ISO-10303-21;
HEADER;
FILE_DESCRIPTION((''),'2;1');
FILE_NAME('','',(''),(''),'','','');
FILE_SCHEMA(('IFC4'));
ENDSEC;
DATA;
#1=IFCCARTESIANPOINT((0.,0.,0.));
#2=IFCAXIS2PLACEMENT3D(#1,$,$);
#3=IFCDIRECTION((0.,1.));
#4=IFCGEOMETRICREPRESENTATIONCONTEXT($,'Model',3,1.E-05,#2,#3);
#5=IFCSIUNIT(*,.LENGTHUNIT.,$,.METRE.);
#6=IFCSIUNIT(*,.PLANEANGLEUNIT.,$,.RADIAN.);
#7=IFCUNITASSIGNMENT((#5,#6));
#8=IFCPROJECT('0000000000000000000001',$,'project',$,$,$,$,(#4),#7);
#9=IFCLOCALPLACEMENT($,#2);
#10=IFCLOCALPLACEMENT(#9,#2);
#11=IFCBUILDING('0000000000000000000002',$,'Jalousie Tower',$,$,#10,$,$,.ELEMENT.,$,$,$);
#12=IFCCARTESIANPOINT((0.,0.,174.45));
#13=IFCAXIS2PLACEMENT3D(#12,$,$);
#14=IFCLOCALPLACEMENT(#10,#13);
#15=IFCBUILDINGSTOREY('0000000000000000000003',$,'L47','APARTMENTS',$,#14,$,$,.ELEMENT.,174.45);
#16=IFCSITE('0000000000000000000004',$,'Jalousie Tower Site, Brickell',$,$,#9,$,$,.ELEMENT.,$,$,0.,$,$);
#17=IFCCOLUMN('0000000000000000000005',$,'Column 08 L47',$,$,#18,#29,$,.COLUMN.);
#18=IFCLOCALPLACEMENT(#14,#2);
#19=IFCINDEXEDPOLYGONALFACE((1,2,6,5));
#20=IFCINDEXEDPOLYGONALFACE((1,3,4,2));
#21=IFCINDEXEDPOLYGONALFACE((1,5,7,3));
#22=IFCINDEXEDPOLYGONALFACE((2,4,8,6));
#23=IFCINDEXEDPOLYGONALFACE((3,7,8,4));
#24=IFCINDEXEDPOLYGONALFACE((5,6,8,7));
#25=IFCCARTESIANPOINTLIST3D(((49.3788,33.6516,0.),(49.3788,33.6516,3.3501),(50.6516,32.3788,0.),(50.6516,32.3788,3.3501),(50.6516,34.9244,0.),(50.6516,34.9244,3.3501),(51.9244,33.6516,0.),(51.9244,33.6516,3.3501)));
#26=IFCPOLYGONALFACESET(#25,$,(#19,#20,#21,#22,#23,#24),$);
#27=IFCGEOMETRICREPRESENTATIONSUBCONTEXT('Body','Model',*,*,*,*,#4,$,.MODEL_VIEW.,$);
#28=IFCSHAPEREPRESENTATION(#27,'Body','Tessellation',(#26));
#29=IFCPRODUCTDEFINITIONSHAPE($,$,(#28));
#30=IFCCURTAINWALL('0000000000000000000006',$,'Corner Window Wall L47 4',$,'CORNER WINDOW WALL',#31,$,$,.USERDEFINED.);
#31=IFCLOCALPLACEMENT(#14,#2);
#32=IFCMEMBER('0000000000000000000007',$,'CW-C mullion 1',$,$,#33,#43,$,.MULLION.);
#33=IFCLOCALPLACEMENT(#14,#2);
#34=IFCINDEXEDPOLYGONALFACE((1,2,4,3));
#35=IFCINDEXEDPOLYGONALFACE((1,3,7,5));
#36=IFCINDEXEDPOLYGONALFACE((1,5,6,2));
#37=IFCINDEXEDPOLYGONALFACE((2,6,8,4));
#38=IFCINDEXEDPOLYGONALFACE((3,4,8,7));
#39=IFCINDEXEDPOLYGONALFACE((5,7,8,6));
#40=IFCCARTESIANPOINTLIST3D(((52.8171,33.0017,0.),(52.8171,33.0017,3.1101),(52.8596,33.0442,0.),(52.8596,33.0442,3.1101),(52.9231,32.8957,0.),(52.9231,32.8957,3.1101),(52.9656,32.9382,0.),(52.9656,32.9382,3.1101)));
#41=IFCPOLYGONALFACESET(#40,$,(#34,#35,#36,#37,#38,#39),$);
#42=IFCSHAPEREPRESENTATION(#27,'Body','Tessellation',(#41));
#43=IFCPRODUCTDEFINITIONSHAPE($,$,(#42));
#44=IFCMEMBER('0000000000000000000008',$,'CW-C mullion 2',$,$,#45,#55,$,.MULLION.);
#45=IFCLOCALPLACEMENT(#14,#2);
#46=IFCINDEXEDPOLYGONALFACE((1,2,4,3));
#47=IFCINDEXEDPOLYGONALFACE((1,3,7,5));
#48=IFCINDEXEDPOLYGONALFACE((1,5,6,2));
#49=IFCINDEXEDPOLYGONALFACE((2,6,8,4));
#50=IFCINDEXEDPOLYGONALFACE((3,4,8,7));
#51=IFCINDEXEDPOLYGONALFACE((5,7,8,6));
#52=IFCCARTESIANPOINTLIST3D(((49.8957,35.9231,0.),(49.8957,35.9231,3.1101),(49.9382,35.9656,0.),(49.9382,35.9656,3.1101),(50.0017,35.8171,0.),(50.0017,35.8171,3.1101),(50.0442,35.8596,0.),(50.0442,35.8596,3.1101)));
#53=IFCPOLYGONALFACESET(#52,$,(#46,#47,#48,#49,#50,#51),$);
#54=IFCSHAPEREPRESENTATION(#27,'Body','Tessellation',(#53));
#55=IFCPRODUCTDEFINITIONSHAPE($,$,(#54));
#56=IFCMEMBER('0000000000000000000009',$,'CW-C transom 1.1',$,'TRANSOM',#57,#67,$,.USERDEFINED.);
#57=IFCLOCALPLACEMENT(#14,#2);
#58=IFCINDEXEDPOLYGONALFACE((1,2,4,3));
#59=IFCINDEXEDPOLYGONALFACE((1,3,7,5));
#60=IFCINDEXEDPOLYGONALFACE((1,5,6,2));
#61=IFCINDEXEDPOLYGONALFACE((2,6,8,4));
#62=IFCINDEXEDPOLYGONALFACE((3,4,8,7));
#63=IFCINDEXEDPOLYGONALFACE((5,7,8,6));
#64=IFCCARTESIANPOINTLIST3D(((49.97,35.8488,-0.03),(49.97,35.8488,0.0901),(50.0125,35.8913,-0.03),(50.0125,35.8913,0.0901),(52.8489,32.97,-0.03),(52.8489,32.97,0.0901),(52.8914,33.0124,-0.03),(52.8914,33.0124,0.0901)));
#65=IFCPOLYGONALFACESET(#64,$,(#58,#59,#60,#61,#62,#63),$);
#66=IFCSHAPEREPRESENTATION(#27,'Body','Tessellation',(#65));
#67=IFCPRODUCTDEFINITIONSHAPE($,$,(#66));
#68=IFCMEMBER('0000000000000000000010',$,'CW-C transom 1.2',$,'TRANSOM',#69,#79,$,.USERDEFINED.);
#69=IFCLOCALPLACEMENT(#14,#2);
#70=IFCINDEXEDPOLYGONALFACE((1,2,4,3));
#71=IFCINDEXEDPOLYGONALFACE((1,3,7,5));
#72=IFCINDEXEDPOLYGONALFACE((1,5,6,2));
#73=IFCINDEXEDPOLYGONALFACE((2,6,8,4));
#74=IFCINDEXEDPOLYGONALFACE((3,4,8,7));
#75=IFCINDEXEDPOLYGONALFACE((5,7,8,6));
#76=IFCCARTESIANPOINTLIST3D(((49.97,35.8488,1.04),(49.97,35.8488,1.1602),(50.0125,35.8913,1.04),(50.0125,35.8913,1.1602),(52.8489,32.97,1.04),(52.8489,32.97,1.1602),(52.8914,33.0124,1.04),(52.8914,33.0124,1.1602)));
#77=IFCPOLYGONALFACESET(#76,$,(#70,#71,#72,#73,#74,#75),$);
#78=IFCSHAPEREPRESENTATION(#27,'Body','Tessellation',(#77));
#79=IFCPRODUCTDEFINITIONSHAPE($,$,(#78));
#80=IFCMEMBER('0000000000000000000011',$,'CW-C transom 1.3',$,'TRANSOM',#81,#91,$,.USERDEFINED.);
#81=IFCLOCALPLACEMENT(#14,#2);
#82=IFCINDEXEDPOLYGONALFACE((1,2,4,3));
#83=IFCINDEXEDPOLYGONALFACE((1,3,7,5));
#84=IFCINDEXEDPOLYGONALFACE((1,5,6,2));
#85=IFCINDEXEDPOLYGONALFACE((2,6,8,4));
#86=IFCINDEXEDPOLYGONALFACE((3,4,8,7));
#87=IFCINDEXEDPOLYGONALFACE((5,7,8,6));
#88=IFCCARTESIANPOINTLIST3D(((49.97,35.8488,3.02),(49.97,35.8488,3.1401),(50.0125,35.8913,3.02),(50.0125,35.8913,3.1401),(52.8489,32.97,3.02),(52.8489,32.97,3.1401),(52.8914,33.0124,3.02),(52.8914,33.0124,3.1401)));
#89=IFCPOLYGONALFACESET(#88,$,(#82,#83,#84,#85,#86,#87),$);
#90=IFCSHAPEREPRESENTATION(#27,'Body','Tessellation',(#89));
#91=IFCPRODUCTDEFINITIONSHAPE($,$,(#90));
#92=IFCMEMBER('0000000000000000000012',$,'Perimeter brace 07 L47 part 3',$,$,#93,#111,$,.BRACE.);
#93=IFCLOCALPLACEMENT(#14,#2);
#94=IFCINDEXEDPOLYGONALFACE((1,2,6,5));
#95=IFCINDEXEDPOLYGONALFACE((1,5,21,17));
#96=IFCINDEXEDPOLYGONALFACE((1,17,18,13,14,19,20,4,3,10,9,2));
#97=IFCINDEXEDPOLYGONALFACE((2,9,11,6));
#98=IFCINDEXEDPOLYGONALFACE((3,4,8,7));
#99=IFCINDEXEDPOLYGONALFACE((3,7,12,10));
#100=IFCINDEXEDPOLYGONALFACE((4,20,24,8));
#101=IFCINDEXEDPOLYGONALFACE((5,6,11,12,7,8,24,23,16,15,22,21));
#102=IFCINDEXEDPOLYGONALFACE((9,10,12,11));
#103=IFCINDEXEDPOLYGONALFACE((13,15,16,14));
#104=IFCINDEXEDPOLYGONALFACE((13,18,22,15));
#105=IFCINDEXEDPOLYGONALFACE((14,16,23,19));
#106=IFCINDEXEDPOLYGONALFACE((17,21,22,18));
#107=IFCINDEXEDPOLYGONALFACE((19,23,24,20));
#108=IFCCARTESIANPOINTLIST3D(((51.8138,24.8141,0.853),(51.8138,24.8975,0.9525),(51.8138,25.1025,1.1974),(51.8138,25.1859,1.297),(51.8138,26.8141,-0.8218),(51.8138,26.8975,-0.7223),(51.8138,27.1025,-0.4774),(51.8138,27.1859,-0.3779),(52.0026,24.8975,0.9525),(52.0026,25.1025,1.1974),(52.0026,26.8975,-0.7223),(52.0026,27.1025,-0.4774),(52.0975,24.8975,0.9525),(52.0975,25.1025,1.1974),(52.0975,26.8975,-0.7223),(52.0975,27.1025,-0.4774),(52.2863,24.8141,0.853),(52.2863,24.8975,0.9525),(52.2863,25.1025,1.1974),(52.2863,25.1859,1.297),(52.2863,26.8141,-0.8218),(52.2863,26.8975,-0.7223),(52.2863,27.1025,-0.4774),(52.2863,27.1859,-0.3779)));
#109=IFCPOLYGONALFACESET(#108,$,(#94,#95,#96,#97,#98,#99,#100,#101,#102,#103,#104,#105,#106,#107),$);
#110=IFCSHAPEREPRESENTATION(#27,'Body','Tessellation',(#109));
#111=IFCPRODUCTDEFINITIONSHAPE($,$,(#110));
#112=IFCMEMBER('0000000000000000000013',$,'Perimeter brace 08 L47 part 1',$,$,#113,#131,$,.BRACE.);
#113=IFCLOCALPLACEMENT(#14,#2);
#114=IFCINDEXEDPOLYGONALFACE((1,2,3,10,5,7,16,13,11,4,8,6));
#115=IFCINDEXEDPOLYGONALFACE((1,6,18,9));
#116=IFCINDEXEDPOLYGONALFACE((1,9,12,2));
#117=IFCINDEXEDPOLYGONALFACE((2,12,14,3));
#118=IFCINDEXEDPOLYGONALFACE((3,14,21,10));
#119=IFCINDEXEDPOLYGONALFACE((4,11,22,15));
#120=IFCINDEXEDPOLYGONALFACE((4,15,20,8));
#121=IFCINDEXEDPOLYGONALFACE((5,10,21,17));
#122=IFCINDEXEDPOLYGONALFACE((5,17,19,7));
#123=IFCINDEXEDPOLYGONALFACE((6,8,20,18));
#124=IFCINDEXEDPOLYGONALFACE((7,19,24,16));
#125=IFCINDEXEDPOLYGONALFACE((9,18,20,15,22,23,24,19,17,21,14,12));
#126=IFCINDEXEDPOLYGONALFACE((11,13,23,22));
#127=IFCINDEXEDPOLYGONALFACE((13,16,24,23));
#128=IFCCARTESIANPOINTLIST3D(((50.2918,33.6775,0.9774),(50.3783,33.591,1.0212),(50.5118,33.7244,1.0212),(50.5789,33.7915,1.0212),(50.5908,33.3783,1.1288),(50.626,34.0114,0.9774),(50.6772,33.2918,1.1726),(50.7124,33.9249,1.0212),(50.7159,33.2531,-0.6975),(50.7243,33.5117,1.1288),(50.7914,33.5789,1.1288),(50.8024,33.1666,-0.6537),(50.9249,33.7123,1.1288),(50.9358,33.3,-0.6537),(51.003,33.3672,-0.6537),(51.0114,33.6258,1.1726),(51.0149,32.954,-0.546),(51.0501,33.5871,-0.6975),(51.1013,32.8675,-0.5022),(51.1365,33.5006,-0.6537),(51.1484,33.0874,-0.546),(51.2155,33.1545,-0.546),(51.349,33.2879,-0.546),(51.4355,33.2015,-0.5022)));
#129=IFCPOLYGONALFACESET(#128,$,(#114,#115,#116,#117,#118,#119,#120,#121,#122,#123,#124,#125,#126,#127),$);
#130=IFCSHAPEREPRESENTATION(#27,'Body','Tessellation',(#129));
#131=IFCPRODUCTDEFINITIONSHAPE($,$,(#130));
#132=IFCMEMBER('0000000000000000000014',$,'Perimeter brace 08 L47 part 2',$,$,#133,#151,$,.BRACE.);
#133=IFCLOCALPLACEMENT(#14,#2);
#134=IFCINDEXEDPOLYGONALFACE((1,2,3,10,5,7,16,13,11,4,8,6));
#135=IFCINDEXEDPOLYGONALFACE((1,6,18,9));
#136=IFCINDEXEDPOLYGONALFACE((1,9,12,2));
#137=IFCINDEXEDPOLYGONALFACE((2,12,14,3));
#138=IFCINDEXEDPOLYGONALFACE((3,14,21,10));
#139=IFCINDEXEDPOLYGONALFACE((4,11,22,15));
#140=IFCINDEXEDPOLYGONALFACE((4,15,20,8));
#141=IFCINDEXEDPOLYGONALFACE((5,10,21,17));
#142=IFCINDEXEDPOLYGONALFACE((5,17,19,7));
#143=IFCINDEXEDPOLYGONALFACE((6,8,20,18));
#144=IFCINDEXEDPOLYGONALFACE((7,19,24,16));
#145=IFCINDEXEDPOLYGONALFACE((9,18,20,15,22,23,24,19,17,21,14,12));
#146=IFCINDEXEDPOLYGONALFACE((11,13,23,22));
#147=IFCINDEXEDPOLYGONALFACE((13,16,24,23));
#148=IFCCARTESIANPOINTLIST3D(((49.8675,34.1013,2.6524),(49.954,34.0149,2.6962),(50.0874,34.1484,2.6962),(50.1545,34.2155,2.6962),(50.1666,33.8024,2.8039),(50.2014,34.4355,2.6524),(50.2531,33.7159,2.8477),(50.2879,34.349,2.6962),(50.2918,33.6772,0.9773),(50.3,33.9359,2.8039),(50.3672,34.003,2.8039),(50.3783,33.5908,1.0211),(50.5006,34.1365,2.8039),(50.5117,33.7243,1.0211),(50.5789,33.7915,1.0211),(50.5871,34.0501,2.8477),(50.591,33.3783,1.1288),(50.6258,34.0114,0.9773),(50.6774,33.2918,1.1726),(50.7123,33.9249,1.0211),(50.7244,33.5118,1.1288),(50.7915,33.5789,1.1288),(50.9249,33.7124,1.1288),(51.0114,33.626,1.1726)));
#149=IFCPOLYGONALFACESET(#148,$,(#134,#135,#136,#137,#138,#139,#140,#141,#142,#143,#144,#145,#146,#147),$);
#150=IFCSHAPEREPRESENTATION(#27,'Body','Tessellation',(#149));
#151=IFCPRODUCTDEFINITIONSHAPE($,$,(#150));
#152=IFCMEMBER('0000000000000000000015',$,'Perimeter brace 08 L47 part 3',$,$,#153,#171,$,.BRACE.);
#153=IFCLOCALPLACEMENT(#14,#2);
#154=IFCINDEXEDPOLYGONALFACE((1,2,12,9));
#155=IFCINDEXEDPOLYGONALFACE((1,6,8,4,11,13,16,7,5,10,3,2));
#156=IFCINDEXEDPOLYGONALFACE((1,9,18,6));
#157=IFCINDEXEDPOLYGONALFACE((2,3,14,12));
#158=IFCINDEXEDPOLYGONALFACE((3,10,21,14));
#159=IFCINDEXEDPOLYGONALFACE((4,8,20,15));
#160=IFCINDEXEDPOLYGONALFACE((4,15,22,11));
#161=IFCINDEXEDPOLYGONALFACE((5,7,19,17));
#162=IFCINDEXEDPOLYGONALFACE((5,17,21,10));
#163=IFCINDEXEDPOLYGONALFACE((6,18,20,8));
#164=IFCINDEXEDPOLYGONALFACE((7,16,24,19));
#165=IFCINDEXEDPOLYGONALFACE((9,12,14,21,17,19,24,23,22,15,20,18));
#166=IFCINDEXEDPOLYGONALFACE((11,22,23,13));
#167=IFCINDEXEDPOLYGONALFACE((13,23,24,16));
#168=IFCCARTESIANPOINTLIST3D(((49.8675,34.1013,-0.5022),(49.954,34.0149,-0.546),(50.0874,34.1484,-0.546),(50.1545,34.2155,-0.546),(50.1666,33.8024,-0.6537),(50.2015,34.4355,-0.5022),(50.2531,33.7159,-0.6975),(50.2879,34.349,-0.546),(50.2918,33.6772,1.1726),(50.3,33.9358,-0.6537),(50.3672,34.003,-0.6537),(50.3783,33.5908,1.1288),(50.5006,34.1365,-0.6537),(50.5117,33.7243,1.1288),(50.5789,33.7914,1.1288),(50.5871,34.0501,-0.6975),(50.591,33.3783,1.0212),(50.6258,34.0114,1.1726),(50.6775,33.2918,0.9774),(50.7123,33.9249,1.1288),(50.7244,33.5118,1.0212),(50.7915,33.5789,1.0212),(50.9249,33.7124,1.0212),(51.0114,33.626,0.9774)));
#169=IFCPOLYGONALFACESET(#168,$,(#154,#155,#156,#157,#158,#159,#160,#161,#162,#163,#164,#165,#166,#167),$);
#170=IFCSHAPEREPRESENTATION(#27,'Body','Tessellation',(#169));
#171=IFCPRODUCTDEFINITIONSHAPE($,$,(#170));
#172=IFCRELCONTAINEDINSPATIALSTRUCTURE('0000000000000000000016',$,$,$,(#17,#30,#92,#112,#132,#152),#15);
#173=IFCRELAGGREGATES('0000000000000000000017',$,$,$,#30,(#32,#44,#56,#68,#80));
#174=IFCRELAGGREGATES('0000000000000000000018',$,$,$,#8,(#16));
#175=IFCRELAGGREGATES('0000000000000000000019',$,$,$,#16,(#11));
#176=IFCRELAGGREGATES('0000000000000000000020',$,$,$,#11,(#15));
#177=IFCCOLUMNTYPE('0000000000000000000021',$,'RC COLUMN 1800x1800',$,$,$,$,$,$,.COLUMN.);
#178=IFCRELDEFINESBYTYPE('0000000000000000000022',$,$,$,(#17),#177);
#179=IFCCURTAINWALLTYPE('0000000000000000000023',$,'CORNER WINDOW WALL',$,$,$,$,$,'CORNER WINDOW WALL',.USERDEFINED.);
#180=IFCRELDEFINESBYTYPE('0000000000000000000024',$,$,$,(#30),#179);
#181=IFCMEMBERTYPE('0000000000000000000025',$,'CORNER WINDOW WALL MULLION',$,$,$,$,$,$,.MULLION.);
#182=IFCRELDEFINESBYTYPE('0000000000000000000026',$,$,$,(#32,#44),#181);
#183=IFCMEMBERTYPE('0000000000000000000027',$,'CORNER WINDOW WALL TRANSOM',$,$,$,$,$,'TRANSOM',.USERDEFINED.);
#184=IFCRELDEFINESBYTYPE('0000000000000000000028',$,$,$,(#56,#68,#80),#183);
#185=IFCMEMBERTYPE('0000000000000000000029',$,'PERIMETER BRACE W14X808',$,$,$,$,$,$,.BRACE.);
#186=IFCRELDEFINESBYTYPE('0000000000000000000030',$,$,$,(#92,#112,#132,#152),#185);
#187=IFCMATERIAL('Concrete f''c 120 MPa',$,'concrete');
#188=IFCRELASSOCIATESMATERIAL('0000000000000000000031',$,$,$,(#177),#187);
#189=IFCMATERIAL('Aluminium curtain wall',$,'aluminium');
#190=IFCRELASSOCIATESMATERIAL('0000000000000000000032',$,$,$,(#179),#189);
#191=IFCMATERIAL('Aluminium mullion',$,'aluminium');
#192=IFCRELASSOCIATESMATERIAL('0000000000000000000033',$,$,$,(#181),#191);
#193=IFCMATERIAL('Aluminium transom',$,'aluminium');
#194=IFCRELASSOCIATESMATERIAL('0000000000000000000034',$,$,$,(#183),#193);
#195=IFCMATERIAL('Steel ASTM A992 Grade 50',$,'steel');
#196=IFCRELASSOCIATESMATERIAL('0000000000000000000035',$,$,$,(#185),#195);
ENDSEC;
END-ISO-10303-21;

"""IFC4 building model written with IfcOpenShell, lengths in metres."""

from ifc_helpers import new_model, si_unit, direction, frame, origin, origin_2d, place, context, subcontext, project, spatial, rectangle, i_section, extrude, material, material_profile, profile_set, type_object, element, aggregate, save


model = new_model("IFC4")

# Units and contexts
model_context = context("Model", 3, precision=1e-05, world=origin(), true_north=direction((0.0, 1.0)))
body_context = subcontext(model_context, "Body", "Model", "MODEL_VIEW")
ifc_project = project(units=[si_unit("LENGTHUNIT", "METRE"), si_unit("PLANEANGLEUNIT", "RADIAN")], contexts=[model_context])

# Site, building, storey
site_placement = place(None, origin())
site = spatial("IfcSite", under=ifc_project, at=site_placement, Name="Jalousie Tower Site, Brickell", CompositionType="ELEMENT", RefElevation=0.0)
building_placement = place(site_placement, origin())
building = spatial("IfcBuilding", under=site, at=building_placement, Name="Jalousie Tower", CompositionType="ELEMENT")
storey_placement = place(building_placement, frame((0.0, 0.0, 174.45)))
storey = spatial("IfcBuildingStorey", under=building, at=storey_placement, Name="L47", Description="APARTMENTS", CompositionType="ELEMENT", Elevation=174.45)

# Column
ifc_material_1 = material(Name="Concrete f'c 120 MPa", Category="concrete")
ifc_material_profile_1 = material_profile(ifc_material_1, rectangle(XDim=1.8, YDim=1.8, at=origin_2d()), Name="RC 1800x1800")
ifc_profile_set_1 = profile_set([ifc_material_profile_1], Name="Concrete f'c 120 MPa")
column_type = type_object("IfcColumnType", Name="RC COLUMN 1800x1800", PredefinedType="COLUMN", material=ifc_profile_set_1)
column_placement = place(storey_placement, frame((50.6516, 33.6516, 0.0), z_axis=(0.0, 0.0, 1.0), x_axis=(0.707107, 0.707107, 0.0)))
element("IfcColumn", 1, at=column_placement, inside=storey, type_object=column_type, Name="Column 08 L47", PredefinedType="COLUMN", context=body_context, shape_type="SweptSolid", body=[
    extrude(rectangle(XDim=1.8, YDim=1.8, at=origin_2d()), origin(), (0.0, 0.0, 1.0), 3.3501),
])

# Curtain wall, members
ifc_material_2 = material(Name="Aluminium curtain wall", Category="aluminium")
curtain_wall_type_1 = type_object("IfcCurtainWallType", Name="CORNER WINDOW WALL", ElementType="CORNER WINDOW WALL", PredefinedType="USERDEFINED", material=ifc_material_2)
curtain_wall_1_placement = place(storey_placement, origin())
curtain_wall_1 = element("IfcCurtainWall", 2, at=curtain_wall_1_placement, inside=storey, type_object=curtain_wall_type_1, Name="Corner Window Wall L47 4", ObjectType="CORNER WINDOW WALL", PredefinedType="USERDEFINED")
ifc_material_3 = material(Name="Aluminium mullion", Category="aluminium")
ifc_material_profile_2 = material_profile(ifc_material_3, rectangle(XDim=0.0601, YDim=0.1499, at=origin_2d()), Name="MULLION 60x150")
ifc_profile_set_2 = profile_set([ifc_material_profile_2], Name="Aluminium mullion")
member_type_1 = type_object("IfcMemberType", Name="CORNER WINDOW WALL MULLION", PredefinedType="MULLION", material=ifc_profile_set_2)
member_1_placement = place(storey_placement, frame((52.8914, 32.97, 0.0), z_axis=(0.0, 0.0, 1.0), x_axis=(-0.707107, -0.707107, 0.0)))
member_1 = element("IfcMember", 3, at=member_1_placement, type_object=member_type_1, Name="CW-C mullion 1", PredefinedType="MULLION", context=body_context, shape_type="SweptSolid", body=[
    extrude(rectangle(XDim=0.0601, YDim=0.1499, at=origin_2d()), origin(), (0.0, 0.0, 1.0), 3.1101),
])
member_2_placement = place(storey_placement, frame((49.97, 35.8914, 0.0), z_axis=(0.0, 0.0, 1.0), x_axis=(-0.707107, -0.707107, 0.0)))
member_2 = element("IfcMember", 4, at=member_2_placement, type_object=member_type_1, Name="CW-C mullion 2", PredefinedType="MULLION", context=body_context, shape_type="SweptSolid", body=[
    extrude(rectangle(XDim=0.0601, YDim=0.1499, at=origin_2d()), origin(), (0.0, 0.0, 1.0), 3.1101),
])
ifc_material_4 = material(Name="Aluminium transom", Category="aluminium")
ifc_material_profile_3 = material_profile(ifc_material_4, rectangle(XDim=0.0601, YDim=0.1201, at=origin_2d()), Name="TRANSOM 60x120")
ifc_profile_set_3 = profile_set([ifc_material_profile_3], Name="Aluminium transom")
member_type_2 = type_object("IfcMemberType", Name="CORNER WINDOW WALL TRANSOM", ElementType="TRANSOM", PredefinedType="USERDEFINED", material=ifc_profile_set_3)
member_3_placement = place(storey_placement, frame((52.8701, 32.9912, 0.03), z_axis=(-0.707107, 0.707107, 0.0), x_axis=(-0.707107, -0.707107, 0.0)))
member_3 = element("IfcMember", 5, at=member_3_placement, type_object=member_type_2, Name="CW-C transom 1.1", ObjectType="TRANSOM", PredefinedType="USERDEFINED", context=body_context, shape_type="SweptSolid", body=[
    extrude(rectangle(XDim=0.0601, YDim=0.1201, at=origin_2d()), origin(), (0.0, 0.0, 1.0), 4.0713),
])
member_4_placement = place(storey_placement, frame((52.8701, 32.9912, 1.1001), z_axis=(-0.707107, 0.707107, 0.0), x_axis=(-0.707107, -0.707107, 0.0)))
member_4 = element("IfcMember", 6, at=member_4_placement, type_object=member_type_2, Name="CW-C transom 1.2", ObjectType="TRANSOM", PredefinedType="USERDEFINED", context=body_context, shape_type="SweptSolid", body=[
    extrude(rectangle(XDim=0.0601, YDim=0.1201, at=origin_2d()), origin(), (0.0, 0.0, 1.0), 4.0713),
])
member_5_placement = place(storey_placement, frame((52.8701, 32.9912, 3.0801), z_axis=(-0.707107, 0.707107, 0.0), x_axis=(-0.707107, -0.707107, 0.0)))
member_5 = element("IfcMember", 7, at=member_5_placement, type_object=member_type_2, Name="CW-C transom 1.3", ObjectType="TRANSOM", PredefinedType="USERDEFINED", context=body_context, shape_type="SweptSolid", body=[
    extrude(rectangle(XDim=0.0601, YDim=0.1201, at=origin_2d()), origin(), (0.0, 0.0, 1.0), 4.0713),
])

# Members
ifc_material_5 = material(Name="Steel ASTM A992 Grade 50", Category="steel")
ifc_material_profile_4 = material_profile(ifc_material_5, i_section(OverallWidth=0.4724, OverallDepth=0.5791, WebThickness=0.095, FlangeThickness=0.1299, at=origin_2d()), Name="W14X808")
ifc_profile_set_4 = profile_set([ifc_material_profile_4], Name="Steel ASTM A992 Grade 50")
member_type_3 = type_object("IfcMemberType", Name="PERIMETER BRACE W14X808", PredefinedType="BRACE", material=ifc_profile_set_4)
member_6_placement = place(storey_placement, frame((52.05, 27.0, -0.5999), z_axis=(0.0, -0.766685, 0.642024), x_axis=(1.0, 0.0, 0.0)))
element("IfcMember", 8, at=member_6_placement, inside=storey, type_object=member_type_3, Name="Perimeter brace 07 L47 part 3", PredefinedType="BRACE", context=body_context, shape_type="SweptSolid", body=[
    extrude(i_section(OverallWidth=0.4724, OverallDepth=0.5791, WebThickness=0.095, FlangeThickness=0.1299, at=origin_2d()), origin(), (0.0, 0.0, 1.0), 2.6086),
])
member_7_placement = place(storey_placement, frame((51.0757, 33.2273, -0.5999), z_axis=(-0.238376, 0.238514, 0.941429), x_axis=(-0.70731, -0.706903, 0.0)))
element("IfcMember", 9, at=member_7_placement, inside=storey, type_object=member_type_3, Name="Perimeter brace 08 L47 part 1", PredefinedType="BRACE", context=body_context, shape_type="SweptSolid", body=[
    extrude(i_section(OverallWidth=0.4724, OverallDepth=0.5791, WebThickness=0.095, FlangeThickness=0.1299, at=origin_2d()), origin(), (0.0, 0.0, 1.0), 1.7791),
])
member_8_placement = place(storey_placement, frame((50.6516, 33.6516, 1.075), z_axis=(-0.238483, 0.238346, 0.941444), x_axis=(-0.706903, -0.70731, 0.0)))
element("IfcMember", 10, at=member_8_placement, inside=storey, type_object=member_type_3, Name="Perimeter brace 08 L47 part 2", PredefinedType="BRACE", context=body_context, shape_type="SweptSolid", body=[
    extrude(i_section(OverallWidth=0.4724, OverallDepth=0.5791, WebThickness=0.095, FlangeThickness=0.1299, at=origin_2d()), origin(), (0.0, 0.0, 1.0), 1.7793),
])
member_9_placement = place(storey_placement, frame((50.2273, 34.0757, -0.5999), z_axis=(0.238514, -0.238376, 0.941429), x_axis=(0.706903, 0.70731, 0.0)))
element("IfcMember", 11, at=member_9_placement, inside=storey, type_object=member_type_3, Name="Perimeter brace 08 L47 part 3", PredefinedType="BRACE", context=body_context, shape_type="SweptSolid", body=[
    extrude(i_section(OverallWidth=0.4724, OverallDepth=0.5791, WebThickness=0.095, FlangeThickness=0.1299, at=origin_2d()), origin(), (0.0, 0.0, 1.0), 1.7791),
])

aggregate(curtain_wall_1, [member_1, member_2, member_3, member_4, member_5])

save(model, "model.ifc")
